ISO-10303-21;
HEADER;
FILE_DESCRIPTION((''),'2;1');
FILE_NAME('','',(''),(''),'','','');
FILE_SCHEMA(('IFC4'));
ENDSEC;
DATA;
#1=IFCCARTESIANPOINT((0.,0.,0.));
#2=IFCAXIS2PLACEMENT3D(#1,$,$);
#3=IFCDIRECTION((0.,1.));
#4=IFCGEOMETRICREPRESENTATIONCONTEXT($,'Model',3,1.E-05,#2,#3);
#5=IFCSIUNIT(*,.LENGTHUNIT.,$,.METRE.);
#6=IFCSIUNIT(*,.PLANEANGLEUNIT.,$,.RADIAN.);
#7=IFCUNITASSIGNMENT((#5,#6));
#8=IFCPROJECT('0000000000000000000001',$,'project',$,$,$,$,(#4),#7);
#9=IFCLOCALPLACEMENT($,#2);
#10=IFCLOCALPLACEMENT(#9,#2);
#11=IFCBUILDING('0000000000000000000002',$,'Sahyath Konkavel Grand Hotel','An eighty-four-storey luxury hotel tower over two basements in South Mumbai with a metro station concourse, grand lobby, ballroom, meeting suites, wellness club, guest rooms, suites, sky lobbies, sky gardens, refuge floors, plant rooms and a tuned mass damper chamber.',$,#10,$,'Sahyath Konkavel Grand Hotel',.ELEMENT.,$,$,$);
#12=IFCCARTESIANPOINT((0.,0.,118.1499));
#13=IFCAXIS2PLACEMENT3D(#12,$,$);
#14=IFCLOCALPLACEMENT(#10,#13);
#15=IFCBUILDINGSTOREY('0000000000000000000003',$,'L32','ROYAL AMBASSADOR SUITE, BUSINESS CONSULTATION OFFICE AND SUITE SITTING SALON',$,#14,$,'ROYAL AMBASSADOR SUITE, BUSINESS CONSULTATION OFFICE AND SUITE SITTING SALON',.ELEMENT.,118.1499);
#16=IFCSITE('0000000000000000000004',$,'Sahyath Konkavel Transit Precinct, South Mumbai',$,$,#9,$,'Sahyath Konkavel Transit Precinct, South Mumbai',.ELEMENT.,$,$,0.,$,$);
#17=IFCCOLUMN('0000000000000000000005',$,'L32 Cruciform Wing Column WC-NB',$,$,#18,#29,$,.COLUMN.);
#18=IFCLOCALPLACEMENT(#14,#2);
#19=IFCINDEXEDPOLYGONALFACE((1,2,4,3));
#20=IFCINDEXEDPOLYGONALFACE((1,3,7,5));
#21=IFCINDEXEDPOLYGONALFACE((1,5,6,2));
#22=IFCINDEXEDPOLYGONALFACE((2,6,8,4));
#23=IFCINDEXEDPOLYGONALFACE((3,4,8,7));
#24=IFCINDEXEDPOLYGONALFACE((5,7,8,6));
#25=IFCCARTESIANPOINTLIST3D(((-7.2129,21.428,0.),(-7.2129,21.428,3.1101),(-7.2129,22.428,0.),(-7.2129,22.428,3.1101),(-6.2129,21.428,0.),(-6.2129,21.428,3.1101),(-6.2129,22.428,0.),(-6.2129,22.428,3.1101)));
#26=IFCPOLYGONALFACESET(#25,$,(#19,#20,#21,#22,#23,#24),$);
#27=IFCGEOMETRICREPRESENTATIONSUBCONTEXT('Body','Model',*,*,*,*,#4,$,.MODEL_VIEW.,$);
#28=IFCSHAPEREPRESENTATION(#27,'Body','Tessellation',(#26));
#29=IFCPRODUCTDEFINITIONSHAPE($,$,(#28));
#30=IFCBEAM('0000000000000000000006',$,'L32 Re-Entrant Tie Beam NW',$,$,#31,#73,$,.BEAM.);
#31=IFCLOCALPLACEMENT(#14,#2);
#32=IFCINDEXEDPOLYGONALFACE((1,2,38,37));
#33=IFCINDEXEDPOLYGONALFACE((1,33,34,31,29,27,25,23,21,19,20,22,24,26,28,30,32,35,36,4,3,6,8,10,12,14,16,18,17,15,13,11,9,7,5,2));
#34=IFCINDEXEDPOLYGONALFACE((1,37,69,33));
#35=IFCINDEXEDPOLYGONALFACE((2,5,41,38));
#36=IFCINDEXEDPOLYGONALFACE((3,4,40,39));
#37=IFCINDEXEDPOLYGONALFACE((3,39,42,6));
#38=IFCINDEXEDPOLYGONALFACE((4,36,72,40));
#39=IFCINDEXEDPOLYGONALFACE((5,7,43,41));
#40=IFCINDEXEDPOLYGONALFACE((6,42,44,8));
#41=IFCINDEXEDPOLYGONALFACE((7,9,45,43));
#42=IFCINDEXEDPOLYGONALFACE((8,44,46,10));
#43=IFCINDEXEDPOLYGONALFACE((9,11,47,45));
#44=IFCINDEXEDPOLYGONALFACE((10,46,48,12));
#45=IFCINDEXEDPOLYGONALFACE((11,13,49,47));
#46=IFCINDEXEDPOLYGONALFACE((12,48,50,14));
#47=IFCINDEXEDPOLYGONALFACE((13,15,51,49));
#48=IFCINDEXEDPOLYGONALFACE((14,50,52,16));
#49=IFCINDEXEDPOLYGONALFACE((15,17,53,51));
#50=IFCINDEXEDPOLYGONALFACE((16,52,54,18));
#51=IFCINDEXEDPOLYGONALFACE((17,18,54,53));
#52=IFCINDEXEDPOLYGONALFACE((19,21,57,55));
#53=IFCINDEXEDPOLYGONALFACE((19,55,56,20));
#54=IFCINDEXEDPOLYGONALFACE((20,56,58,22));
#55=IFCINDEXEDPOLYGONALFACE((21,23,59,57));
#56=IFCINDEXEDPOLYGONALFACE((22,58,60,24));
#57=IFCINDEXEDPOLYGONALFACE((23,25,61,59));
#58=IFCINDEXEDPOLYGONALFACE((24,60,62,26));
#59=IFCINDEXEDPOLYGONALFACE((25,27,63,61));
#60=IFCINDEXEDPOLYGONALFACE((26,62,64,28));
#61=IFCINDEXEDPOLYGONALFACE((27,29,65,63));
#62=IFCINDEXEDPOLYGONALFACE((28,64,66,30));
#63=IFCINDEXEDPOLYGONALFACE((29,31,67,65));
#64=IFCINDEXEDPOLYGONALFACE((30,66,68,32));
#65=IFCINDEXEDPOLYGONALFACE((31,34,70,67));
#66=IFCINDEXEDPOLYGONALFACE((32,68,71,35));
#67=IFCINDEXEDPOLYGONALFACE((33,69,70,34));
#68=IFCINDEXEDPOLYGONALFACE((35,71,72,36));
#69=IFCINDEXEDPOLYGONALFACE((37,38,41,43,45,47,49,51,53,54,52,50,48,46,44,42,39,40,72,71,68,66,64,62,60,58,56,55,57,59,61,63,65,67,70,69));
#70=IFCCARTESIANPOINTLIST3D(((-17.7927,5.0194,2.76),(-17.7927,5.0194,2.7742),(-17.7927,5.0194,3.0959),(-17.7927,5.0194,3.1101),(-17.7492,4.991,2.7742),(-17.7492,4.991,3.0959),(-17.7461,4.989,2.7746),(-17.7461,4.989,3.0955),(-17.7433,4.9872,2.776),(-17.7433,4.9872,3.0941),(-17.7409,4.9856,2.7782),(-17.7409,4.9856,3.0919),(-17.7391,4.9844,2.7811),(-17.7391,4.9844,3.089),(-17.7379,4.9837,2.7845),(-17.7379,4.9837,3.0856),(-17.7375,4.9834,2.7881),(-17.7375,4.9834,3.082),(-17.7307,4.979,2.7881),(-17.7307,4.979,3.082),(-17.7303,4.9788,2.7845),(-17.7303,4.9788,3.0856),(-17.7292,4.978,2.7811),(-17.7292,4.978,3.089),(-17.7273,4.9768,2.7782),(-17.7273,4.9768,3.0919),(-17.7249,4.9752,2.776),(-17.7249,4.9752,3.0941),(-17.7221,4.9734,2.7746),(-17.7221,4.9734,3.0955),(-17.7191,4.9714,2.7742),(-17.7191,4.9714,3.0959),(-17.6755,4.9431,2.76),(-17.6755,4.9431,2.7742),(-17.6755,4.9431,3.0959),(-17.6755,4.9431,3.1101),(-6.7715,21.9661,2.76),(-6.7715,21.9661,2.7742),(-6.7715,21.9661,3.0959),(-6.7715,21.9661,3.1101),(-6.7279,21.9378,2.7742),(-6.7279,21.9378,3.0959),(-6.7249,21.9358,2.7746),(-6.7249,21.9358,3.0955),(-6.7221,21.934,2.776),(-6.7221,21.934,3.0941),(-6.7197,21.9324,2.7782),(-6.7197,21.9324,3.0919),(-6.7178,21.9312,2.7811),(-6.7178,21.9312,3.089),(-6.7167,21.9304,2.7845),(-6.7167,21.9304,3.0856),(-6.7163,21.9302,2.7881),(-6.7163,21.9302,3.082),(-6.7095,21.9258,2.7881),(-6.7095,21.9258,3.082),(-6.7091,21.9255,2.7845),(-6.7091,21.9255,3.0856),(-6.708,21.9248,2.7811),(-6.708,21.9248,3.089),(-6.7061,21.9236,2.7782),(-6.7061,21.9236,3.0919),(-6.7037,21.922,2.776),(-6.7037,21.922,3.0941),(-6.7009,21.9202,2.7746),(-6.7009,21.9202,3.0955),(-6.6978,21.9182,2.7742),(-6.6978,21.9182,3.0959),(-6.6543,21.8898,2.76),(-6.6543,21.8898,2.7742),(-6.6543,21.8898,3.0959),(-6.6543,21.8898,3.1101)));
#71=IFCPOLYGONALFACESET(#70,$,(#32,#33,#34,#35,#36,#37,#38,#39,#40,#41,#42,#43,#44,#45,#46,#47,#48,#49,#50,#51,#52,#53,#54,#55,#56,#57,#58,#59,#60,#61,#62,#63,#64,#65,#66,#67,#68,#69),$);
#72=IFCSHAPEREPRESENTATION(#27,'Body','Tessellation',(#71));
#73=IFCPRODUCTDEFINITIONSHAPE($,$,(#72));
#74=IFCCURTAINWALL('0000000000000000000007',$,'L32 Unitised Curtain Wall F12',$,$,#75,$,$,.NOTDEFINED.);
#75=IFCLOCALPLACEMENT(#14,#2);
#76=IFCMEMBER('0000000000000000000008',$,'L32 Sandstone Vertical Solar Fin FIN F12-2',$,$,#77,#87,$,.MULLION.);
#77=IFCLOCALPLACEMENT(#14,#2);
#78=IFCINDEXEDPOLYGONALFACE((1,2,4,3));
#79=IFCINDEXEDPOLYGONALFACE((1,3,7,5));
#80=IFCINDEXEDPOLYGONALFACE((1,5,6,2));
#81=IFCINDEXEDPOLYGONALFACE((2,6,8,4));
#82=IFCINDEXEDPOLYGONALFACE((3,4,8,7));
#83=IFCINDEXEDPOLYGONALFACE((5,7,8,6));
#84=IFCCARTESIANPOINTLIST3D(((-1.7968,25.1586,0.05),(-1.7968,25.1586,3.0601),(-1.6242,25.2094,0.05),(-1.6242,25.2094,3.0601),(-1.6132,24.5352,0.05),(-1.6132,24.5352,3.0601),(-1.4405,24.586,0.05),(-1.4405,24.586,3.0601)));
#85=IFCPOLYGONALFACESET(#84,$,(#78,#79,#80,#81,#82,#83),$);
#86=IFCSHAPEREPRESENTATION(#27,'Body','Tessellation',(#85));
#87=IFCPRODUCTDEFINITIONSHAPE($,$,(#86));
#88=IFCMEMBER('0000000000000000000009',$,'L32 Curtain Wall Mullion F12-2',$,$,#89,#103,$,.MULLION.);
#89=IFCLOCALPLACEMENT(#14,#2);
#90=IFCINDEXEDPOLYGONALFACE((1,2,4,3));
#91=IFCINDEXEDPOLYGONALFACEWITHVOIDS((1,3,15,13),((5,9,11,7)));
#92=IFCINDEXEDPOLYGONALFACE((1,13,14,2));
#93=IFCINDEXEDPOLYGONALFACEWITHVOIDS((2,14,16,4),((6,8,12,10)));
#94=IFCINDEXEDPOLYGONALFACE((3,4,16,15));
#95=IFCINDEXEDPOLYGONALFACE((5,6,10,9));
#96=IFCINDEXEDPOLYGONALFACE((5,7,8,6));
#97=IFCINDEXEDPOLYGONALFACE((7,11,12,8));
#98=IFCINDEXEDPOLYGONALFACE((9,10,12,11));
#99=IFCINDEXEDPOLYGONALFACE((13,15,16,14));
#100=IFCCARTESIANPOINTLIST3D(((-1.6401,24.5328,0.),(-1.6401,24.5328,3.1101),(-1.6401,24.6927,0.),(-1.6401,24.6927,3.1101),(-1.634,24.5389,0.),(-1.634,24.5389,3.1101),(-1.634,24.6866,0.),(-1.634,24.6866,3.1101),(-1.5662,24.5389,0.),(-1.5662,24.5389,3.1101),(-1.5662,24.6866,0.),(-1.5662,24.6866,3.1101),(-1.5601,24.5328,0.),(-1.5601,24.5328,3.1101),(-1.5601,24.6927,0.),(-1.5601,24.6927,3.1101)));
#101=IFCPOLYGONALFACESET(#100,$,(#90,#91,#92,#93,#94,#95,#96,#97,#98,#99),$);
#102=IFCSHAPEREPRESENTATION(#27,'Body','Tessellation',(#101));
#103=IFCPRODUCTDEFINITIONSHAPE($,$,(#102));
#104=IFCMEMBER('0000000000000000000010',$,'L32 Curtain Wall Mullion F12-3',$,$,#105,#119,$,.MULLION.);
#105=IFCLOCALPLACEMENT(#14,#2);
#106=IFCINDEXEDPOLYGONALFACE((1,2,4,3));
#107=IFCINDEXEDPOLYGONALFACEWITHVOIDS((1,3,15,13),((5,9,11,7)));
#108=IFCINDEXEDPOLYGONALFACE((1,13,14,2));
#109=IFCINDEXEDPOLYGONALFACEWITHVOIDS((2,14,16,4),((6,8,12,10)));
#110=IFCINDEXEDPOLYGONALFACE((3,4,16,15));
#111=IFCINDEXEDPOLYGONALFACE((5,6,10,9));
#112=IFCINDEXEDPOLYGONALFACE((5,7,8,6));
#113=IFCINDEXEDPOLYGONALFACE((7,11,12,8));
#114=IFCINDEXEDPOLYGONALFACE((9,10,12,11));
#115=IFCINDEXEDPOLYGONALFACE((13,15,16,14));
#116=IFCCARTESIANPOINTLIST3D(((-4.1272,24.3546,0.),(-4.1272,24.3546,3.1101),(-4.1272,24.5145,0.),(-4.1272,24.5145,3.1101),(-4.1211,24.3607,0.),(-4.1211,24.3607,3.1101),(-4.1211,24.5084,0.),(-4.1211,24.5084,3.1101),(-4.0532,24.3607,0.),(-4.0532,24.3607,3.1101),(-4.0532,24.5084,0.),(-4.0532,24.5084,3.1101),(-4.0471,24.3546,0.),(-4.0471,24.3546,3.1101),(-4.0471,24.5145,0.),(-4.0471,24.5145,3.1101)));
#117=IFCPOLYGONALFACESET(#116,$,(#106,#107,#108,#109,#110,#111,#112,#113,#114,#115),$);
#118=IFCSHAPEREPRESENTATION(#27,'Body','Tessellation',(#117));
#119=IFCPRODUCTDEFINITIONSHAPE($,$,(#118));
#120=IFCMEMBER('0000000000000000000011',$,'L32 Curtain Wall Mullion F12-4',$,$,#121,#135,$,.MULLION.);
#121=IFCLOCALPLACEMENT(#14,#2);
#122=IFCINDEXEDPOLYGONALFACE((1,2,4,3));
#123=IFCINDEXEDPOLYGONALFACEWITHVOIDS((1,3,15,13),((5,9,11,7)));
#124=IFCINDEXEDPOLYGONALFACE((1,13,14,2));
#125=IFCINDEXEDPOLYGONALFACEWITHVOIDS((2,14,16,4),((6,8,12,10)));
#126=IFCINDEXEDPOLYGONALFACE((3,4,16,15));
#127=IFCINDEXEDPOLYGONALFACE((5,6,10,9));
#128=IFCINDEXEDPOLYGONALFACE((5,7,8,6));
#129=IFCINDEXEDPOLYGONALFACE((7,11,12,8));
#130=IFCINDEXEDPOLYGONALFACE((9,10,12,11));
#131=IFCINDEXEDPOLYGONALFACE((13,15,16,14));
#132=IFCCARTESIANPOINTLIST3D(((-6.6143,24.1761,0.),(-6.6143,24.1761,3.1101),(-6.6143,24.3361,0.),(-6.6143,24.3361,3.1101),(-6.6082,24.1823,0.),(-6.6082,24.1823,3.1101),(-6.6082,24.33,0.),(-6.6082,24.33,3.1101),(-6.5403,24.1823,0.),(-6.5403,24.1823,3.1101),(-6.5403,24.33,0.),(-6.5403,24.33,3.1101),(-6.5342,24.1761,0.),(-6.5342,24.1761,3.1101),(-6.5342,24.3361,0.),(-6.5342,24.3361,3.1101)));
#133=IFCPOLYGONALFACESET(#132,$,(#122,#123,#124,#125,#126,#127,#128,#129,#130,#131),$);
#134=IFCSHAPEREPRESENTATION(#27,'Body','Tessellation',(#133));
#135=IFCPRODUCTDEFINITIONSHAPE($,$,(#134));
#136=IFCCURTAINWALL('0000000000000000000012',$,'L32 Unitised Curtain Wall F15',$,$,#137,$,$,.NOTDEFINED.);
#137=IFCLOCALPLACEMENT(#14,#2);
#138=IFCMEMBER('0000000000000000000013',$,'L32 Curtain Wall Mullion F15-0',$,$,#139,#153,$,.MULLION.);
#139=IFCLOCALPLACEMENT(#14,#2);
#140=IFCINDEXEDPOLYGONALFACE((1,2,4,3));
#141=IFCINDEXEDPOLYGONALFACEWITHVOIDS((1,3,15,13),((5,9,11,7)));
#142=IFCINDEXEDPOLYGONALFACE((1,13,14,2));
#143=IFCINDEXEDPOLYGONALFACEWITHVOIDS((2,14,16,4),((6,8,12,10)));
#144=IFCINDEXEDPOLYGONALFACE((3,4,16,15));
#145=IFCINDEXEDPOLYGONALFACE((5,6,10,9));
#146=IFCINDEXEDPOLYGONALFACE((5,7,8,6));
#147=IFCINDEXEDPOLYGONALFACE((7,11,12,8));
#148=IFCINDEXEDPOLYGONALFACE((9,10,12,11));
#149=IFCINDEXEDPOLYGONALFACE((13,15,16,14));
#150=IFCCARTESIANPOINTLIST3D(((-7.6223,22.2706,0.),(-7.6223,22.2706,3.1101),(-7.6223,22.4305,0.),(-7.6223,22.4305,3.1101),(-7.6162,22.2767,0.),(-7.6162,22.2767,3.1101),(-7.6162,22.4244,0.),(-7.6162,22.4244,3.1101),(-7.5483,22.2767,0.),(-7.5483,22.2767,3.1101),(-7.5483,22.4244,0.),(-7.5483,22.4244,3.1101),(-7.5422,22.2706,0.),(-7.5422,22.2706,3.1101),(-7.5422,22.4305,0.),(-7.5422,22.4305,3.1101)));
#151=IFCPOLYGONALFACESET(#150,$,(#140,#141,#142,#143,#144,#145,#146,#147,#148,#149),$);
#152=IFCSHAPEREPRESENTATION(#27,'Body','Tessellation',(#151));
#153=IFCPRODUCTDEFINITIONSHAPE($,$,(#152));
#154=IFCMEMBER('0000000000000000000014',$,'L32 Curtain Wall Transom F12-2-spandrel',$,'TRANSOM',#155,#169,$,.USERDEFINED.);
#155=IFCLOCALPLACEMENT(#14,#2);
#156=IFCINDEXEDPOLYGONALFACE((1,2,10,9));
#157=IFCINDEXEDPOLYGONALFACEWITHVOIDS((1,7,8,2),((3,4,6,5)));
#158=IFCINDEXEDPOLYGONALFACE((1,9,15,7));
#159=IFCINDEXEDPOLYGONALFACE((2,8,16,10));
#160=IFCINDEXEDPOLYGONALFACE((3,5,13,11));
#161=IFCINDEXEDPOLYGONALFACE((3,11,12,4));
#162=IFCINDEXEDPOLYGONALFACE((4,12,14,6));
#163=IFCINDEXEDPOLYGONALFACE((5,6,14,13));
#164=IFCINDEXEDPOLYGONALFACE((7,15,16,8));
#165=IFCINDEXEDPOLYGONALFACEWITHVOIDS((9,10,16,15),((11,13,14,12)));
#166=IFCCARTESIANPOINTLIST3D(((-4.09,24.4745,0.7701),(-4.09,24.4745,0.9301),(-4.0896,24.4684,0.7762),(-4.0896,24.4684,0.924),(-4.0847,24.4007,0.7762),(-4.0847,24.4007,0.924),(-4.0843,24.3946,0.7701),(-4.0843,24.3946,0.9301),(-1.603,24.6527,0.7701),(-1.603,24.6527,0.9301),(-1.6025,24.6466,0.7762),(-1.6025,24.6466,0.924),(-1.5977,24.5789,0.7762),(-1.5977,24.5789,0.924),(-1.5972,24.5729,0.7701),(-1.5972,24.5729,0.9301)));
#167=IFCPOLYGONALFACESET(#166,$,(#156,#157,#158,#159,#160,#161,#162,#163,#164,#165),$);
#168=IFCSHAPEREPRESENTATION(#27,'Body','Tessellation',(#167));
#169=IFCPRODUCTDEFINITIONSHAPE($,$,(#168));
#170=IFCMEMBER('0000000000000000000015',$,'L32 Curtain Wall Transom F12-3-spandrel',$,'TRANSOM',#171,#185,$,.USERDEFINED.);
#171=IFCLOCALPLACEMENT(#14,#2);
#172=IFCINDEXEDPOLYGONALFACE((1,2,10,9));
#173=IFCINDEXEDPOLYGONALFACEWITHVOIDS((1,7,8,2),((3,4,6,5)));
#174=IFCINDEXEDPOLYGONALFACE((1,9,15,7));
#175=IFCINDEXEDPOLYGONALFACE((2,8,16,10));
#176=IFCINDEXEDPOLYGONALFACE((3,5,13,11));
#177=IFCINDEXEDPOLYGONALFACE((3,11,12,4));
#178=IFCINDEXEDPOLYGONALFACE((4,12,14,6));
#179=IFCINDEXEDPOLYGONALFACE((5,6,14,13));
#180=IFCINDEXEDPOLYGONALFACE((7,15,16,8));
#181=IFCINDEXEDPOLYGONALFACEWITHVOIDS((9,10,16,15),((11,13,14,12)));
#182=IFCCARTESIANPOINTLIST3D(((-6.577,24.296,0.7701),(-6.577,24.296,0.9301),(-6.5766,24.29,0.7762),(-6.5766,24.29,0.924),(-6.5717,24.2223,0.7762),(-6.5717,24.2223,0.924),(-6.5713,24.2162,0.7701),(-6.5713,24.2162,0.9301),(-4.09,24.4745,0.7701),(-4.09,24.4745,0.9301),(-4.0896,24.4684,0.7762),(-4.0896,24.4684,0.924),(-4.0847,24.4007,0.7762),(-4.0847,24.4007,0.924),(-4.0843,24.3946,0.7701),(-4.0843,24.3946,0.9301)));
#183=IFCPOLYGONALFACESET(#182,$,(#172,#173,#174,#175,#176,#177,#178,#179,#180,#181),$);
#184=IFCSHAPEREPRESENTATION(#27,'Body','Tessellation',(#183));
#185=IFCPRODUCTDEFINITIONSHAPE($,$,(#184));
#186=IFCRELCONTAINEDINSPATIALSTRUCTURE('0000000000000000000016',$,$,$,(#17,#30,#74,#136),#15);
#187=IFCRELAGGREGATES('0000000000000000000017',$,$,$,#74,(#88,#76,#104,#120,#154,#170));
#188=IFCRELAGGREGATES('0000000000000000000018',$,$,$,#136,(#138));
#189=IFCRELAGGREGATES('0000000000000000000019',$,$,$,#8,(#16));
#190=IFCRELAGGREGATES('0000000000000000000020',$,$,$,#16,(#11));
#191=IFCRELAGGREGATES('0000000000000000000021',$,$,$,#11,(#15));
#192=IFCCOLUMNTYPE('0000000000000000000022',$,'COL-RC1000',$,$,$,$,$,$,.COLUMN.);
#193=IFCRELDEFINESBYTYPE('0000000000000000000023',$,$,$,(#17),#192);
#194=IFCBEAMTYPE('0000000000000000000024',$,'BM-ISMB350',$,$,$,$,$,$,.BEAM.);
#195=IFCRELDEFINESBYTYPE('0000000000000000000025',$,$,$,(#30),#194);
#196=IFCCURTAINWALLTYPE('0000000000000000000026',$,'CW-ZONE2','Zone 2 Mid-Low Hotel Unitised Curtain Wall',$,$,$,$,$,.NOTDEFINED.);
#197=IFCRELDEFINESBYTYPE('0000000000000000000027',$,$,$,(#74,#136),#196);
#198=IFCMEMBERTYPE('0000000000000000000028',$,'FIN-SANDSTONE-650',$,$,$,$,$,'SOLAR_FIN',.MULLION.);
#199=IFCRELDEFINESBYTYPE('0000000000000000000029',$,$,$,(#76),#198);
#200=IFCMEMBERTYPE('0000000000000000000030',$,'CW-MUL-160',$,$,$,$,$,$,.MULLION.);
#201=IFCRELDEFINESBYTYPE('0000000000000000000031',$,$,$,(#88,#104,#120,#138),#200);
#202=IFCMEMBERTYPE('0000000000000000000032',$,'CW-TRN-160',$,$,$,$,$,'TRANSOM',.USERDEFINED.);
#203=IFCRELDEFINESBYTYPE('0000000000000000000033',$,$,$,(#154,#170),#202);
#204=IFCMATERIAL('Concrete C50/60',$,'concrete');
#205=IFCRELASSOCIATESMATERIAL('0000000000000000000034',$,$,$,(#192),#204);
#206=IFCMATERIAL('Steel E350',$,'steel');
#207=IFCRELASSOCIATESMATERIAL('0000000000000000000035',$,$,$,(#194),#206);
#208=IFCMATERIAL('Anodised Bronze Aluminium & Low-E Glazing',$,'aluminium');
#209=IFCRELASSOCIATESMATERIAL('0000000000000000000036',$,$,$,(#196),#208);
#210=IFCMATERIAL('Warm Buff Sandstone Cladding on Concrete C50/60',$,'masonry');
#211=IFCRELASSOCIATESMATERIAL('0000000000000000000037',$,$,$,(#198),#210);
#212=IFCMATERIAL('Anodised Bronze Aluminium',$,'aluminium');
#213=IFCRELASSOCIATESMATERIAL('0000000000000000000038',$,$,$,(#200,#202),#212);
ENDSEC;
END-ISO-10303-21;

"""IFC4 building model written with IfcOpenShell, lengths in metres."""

from ifc_helpers import new_model, si_unit, direction, frame, origin, origin_2d, place, context, subcontext, project, spatial, rectangle, hollow_rectangle, i_section, extrude, source, transform, mapped, material, material_profile, profile_set, type_object, element, aggregate, save


model = new_model("IFC4")

# Units and contexts
model_context = context("Model", 3, precision=1e-05, world=origin(), true_north=direction((0.0, 1.0)))
body_context = subcontext(model_context, "Body", "Model", "MODEL_VIEW")
ifc_project = project(units=[si_unit("LENGTHUNIT", "METRE"), si_unit("PLANEANGLEUNIT", "RADIAN")], contexts=[model_context])

# Site, building, storey
site_placement = place(None, origin())
site = spatial("IfcSite", under=ifc_project, at=site_placement, Name="Sahyath Konkavel Transit Precinct, South Mumbai", LongName="Sahyath Konkavel Transit Precinct, South Mumbai", CompositionType="ELEMENT", RefElevation=0.0)
building_placement = place(site_placement, origin())
building = spatial("IfcBuilding", under=site, at=building_placement, Name="Sahyath Konkavel Grand Hotel", Description="An eighty-four-storey luxury hotel tower over two basements in South Mumbai with a metro station concourse, grand lobby, ballroom, meeting suites, wellness club, guest rooms, suites, sky lobbies, sky gardens, refuge floors, plant rooms and a tuned mass damper chamber.", LongName="Sahyath Konkavel Grand Hotel", CompositionType="ELEMENT")
storey_placement = place(building_placement, frame((0.0, 0.0, 118.1499)))
storey = spatial("IfcBuildingStorey", under=building, at=storey_placement, Name="L32", Description="ROYAL AMBASSADOR SUITE, BUSINESS CONSULTATION OFFICE AND SUITE SITTING SALON", LongName="ROYAL AMBASSADOR SUITE, BUSINESS CONSULTATION OFFICE AND SUITE SITTING SALON", CompositionType="ELEMENT", Elevation=118.1499)

# Column
ifc_material_1 = material(Name="Concrete C50/60", Category="concrete")
ifc_material_profile_1 = material_profile(ifc_material_1, rectangle(XDim=1.0, YDim=1.0, at=origin_2d()), Name="RC 1000x1000")
ifc_profile_set_1 = profile_set([ifc_material_profile_1], Name="Concrete C50/60")
column_type = type_object("IfcColumnType", Name="COL-RC1000", PredefinedType="COLUMN", material=ifc_profile_set_1)
shared_shape_1 = source(origin(), body_context, "Body", "SweptSolid", [
    extrude(rectangle(XDim=1.0, YDim=1.0, at=origin_2d()), origin(), (0.0, 0.0, 1.0), 3.1101),
])
column_placement = place(storey_placement, frame((-6.7129, 21.928, 0.0), z_axis=(0.0, 0.0, 1.0), x_axis=(1.0, 0.0, 0.0)))
element("IfcColumn", 1, at=column_placement, inside=storey, type_object=column_type, Name="L32 Cruciform Wing Column WC-NB", PredefinedType="COLUMN", context=body_context, shape_type="MappedRepresentation", body=[
    mapped(shared_shape_1, transform((0.0, 0.0, 0.0), scale=1.0)),
])

# Beam
ifc_material_2 = material(Name="Steel E350", Category="steel")
ifc_material_profile_2 = material_profile(ifc_material_2, i_section(OverallWidth=0.1399, OverallDepth=0.3501, WebThickness=0.0081, FlangeThickness=0.0142, FilletRadius=0.0139, at=origin_2d()), Name="ISMB 350")
ifc_profile_set_2 = profile_set([ifc_material_profile_2], Name="Steel E350")
beam_type = type_object("IfcBeamType", Name="BM-ISMB350", PredefinedType="BEAM", material=ifc_profile_set_2)
shared_shape_2 = source(origin(), body_context, "Body", "SweptSolid", [
    extrude(i_section(OverallWidth=0.1399, OverallDepth=0.3501, WebThickness=0.0081, FlangeThickness=0.0142, FilletRadius=0.0139, at=origin_2d()), origin(), (0.0, 0.0, 1.0), 20.2153),
])
beam_placement = place(storey_placement, frame((-6.7129, 21.928, 2.9351), z_axis=(-0.545191, -0.838312, 0.0), x_axis=(0.838312, -0.545191, 0.0)))
element("IfcBeam", 2, at=beam_placement, inside=storey, type_object=beam_type, Name="L32 Re-Entrant Tie Beam NW", PredefinedType="BEAM", context=body_context, shape_type="MappedRepresentation", body=[
    mapped(shared_shape_2, transform((0.0, 0.0, 0.0), scale=1.0)),
])

# Curtain wall, members
ifc_material_3 = material(Name="Anodised Bronze Aluminium & Low-E Glazing", Category="aluminium")
curtain_wall_type = type_object("IfcCurtainWallType", Name="CW-ZONE2", Description="Zone 2 Mid-Low Hotel Unitised Curtain Wall", PredefinedType="NOTDEFINED", material=ifc_material_3)
curtain_wall_1_placement = place(storey_placement, origin())
curtain_wall_1 = element("IfcCurtainWall", 3, at=curtain_wall_1_placement, inside=storey, type_object=curtain_wall_type, Name="L32 Unitised Curtain Wall F12", PredefinedType="NOTDEFINED")
ifc_material_4 = material(Name="Warm Buff Sandstone Cladding on Concrete C50/60", Category="masonry")
ifc_material_profile_3 = material_profile(ifc_material_4, rectangle(XDim=0.1799, YDim=0.6499, at=origin_2d()), Name="FIN 180x650")
ifc_profile_set_3 = profile_set([ifc_material_profile_3], Name="Warm Buff Sandstone Cladding on Concrete C50/60")
member_type_1 = type_object("IfcMemberType", Name="FIN-SANDSTONE-650", ElementType="SOLAR_FIN", PredefinedType="MULLION", material=ifc_profile_set_3)
shared_shape_3 = source(origin(), body_context, "Body", "SweptSolid", [
    extrude(rectangle(XDim=0.1799, YDim=0.6499, at=origin_2d()), origin(), (0.0, 0.0, 1.0), 3.01),
])
member_1_placement = place(storey_placement, frame((-1.6187, 24.8723, 0.05), z_axis=(0.0, 0.0, 1.0), x_axis=(0.959265, 0.282509, 0.0)))
member_1 = element("IfcMember", 4, at=member_1_placement, type_object=member_type_1, Name="L32 Sandstone Vertical Solar Fin FIN F12-2", PredefinedType="MULLION", context=body_context, shape_type="MappedRepresentation", body=[
    mapped(shared_shape_3, transform((0.0, 0.0, 0.0), scale=1.0)),
])
ifc_material_5 = material(Name="Anodised Bronze Aluminium", Category="aluminium")
ifc_material_profile_4 = material_profile(ifc_material_5, hollow_rectangle(XDim=0.0801, YDim=0.1599, WallThickness=0.0061, at=origin_2d()), Name="RHS 160x80x6")
ifc_profile_set_4 = profile_set([ifc_material_profile_4], Name="Anodised Bronze Aluminium")
member_type_2 = type_object("IfcMemberType", Name="CW-MUL-160", PredefinedType="MULLION", material=ifc_profile_set_4)
shared_shape_4 = source(origin(), body_context, "Body", "SweptSolid", [
    extrude(hollow_rectangle(XDim=0.0801, YDim=0.1599, WallThickness=0.0061, at=origin_2d()), origin(), (0.0, 0.0, 1.0), 3.1101),
])
member_2_placement = place(storey_placement, frame((-1.6001, 24.6128, 0.0), z_axis=(0.0, 0.0, 1.0), x_axis=(1.0, 0.0, 0.0)))
member_2 = element("IfcMember", 5, at=member_2_placement, type_object=member_type_2, Name="L32 Curtain Wall Mullion F12-2", PredefinedType="MULLION", context=body_context, shape_type="MappedRepresentation", body=[
    mapped(shared_shape_4, transform((0.0, 0.0, 0.0), scale=1.0)),
])
member_3_placement = place(storey_placement, frame((-4.0872, 24.4346, 0.0), z_axis=(0.0, 0.0, 1.0), x_axis=(1.0, 0.0, 0.0)))
member_3 = element("IfcMember", 6, at=member_3_placement, type_object=member_type_2, Name="L32 Curtain Wall Mullion F12-3", PredefinedType="MULLION", context=body_context, shape_type="MappedRepresentation", body=[
    mapped(shared_shape_4, transform((0.0, 0.0, 0.0), scale=1.0)),
])
member_4_placement = place(storey_placement, frame((-6.5742, 24.2561, 0.0), z_axis=(0.0, 0.0, 1.0), x_axis=(1.0, 0.0, 0.0)))
member_4 = element("IfcMember", 7, at=member_4_placement, type_object=member_type_2, Name="L32 Curtain Wall Mullion F12-4", PredefinedType="MULLION", context=body_context, shape_type="MappedRepresentation", body=[
    mapped(shared_shape_4, transform((0.0, 0.0, 0.0), scale=1.0)),
])

# Curtain wall, member
curtain_wall_2_placement = place(storey_placement, origin())
curtain_wall_2 = element("IfcCurtainWall", 8, at=curtain_wall_2_placement, inside=storey, type_object=curtain_wall_type, Name="L32 Unitised Curtain Wall F15", PredefinedType="NOTDEFINED")
member_5_placement = place(storey_placement, frame((-7.5823, 22.3506, 0.0), z_axis=(0.0, 0.0, 1.0), x_axis=(1.0, 0.0, 0.0)))
member_5 = element("IfcMember", 9, at=member_5_placement, type_object=member_type_2, Name="L32 Curtain Wall Mullion F15-0", PredefinedType="MULLION", context=body_context, shape_type="MappedRepresentation", body=[
    mapped(shared_shape_4, transform((0.0, 0.0, 0.0), scale=1.0)),
])

# Members
ifc_material_profile_5 = material_profile(ifc_material_5, hollow_rectangle(XDim=0.0801, YDim=0.1599, WallThickness=0.0061, at=origin_2d()), Name="RHS 160x80x6")
ifc_profile_set_5 = profile_set([ifc_material_profile_5], Name="Anodised Bronze Aluminium")
member_type_3 = type_object("IfcMemberType", Name="CW-TRN-160", ElementType="TRANSOM", PredefinedType="USERDEFINED", material=ifc_profile_set_5)
shared_shape_5 = source(origin(), body_context, "Body", "SweptSolid", [
    extrude(hollow_rectangle(XDim=0.0801, YDim=0.1599, WallThickness=0.0061, at=origin_2d()), origin(), (0.0, 0.0, 1.0), 2.4934),
])
member_6_placement = place(storey_placement, frame((-1.6001, 24.6128, 0.8501), z_axis=(-0.997442, -0.071477, 0.0), x_axis=(0.071477, -0.997442, 0.0)))
member_6 = element("IfcMember", 10, at=member_6_placement, type_object=member_type_3, Name="L32 Curtain Wall Transom F12-2-spandrel", ObjectType="TRANSOM", PredefinedType="USERDEFINED", context=body_context, shape_type="MappedRepresentation", body=[
    mapped(shared_shape_5, transform((0.0, 0.0, 0.0), scale=1.0)),
])
member_7_placement = place(storey_placement, frame((-4.0872, 24.4346, 0.8501), z_axis=(-0.997435, -0.071574, 0.0), x_axis=(0.071574, -0.997435, 0.0)))
member_7 = element("IfcMember", 11, at=member_7_placement, type_object=member_type_3, Name="L32 Curtain Wall Transom F12-3-spandrel", ObjectType="TRANSOM", PredefinedType="USERDEFINED", context=body_context, shape_type="MappedRepresentation", body=[
    mapped(shared_shape_5, transform((0.0, 0.0, 0.0), scale=1.0)),
])

aggregate(curtain_wall_1, [member_2, member_1, member_3, member_4, member_6, member_7])
aggregate(curtain_wall_2, [member_5])

save(model, "model.ifc")
